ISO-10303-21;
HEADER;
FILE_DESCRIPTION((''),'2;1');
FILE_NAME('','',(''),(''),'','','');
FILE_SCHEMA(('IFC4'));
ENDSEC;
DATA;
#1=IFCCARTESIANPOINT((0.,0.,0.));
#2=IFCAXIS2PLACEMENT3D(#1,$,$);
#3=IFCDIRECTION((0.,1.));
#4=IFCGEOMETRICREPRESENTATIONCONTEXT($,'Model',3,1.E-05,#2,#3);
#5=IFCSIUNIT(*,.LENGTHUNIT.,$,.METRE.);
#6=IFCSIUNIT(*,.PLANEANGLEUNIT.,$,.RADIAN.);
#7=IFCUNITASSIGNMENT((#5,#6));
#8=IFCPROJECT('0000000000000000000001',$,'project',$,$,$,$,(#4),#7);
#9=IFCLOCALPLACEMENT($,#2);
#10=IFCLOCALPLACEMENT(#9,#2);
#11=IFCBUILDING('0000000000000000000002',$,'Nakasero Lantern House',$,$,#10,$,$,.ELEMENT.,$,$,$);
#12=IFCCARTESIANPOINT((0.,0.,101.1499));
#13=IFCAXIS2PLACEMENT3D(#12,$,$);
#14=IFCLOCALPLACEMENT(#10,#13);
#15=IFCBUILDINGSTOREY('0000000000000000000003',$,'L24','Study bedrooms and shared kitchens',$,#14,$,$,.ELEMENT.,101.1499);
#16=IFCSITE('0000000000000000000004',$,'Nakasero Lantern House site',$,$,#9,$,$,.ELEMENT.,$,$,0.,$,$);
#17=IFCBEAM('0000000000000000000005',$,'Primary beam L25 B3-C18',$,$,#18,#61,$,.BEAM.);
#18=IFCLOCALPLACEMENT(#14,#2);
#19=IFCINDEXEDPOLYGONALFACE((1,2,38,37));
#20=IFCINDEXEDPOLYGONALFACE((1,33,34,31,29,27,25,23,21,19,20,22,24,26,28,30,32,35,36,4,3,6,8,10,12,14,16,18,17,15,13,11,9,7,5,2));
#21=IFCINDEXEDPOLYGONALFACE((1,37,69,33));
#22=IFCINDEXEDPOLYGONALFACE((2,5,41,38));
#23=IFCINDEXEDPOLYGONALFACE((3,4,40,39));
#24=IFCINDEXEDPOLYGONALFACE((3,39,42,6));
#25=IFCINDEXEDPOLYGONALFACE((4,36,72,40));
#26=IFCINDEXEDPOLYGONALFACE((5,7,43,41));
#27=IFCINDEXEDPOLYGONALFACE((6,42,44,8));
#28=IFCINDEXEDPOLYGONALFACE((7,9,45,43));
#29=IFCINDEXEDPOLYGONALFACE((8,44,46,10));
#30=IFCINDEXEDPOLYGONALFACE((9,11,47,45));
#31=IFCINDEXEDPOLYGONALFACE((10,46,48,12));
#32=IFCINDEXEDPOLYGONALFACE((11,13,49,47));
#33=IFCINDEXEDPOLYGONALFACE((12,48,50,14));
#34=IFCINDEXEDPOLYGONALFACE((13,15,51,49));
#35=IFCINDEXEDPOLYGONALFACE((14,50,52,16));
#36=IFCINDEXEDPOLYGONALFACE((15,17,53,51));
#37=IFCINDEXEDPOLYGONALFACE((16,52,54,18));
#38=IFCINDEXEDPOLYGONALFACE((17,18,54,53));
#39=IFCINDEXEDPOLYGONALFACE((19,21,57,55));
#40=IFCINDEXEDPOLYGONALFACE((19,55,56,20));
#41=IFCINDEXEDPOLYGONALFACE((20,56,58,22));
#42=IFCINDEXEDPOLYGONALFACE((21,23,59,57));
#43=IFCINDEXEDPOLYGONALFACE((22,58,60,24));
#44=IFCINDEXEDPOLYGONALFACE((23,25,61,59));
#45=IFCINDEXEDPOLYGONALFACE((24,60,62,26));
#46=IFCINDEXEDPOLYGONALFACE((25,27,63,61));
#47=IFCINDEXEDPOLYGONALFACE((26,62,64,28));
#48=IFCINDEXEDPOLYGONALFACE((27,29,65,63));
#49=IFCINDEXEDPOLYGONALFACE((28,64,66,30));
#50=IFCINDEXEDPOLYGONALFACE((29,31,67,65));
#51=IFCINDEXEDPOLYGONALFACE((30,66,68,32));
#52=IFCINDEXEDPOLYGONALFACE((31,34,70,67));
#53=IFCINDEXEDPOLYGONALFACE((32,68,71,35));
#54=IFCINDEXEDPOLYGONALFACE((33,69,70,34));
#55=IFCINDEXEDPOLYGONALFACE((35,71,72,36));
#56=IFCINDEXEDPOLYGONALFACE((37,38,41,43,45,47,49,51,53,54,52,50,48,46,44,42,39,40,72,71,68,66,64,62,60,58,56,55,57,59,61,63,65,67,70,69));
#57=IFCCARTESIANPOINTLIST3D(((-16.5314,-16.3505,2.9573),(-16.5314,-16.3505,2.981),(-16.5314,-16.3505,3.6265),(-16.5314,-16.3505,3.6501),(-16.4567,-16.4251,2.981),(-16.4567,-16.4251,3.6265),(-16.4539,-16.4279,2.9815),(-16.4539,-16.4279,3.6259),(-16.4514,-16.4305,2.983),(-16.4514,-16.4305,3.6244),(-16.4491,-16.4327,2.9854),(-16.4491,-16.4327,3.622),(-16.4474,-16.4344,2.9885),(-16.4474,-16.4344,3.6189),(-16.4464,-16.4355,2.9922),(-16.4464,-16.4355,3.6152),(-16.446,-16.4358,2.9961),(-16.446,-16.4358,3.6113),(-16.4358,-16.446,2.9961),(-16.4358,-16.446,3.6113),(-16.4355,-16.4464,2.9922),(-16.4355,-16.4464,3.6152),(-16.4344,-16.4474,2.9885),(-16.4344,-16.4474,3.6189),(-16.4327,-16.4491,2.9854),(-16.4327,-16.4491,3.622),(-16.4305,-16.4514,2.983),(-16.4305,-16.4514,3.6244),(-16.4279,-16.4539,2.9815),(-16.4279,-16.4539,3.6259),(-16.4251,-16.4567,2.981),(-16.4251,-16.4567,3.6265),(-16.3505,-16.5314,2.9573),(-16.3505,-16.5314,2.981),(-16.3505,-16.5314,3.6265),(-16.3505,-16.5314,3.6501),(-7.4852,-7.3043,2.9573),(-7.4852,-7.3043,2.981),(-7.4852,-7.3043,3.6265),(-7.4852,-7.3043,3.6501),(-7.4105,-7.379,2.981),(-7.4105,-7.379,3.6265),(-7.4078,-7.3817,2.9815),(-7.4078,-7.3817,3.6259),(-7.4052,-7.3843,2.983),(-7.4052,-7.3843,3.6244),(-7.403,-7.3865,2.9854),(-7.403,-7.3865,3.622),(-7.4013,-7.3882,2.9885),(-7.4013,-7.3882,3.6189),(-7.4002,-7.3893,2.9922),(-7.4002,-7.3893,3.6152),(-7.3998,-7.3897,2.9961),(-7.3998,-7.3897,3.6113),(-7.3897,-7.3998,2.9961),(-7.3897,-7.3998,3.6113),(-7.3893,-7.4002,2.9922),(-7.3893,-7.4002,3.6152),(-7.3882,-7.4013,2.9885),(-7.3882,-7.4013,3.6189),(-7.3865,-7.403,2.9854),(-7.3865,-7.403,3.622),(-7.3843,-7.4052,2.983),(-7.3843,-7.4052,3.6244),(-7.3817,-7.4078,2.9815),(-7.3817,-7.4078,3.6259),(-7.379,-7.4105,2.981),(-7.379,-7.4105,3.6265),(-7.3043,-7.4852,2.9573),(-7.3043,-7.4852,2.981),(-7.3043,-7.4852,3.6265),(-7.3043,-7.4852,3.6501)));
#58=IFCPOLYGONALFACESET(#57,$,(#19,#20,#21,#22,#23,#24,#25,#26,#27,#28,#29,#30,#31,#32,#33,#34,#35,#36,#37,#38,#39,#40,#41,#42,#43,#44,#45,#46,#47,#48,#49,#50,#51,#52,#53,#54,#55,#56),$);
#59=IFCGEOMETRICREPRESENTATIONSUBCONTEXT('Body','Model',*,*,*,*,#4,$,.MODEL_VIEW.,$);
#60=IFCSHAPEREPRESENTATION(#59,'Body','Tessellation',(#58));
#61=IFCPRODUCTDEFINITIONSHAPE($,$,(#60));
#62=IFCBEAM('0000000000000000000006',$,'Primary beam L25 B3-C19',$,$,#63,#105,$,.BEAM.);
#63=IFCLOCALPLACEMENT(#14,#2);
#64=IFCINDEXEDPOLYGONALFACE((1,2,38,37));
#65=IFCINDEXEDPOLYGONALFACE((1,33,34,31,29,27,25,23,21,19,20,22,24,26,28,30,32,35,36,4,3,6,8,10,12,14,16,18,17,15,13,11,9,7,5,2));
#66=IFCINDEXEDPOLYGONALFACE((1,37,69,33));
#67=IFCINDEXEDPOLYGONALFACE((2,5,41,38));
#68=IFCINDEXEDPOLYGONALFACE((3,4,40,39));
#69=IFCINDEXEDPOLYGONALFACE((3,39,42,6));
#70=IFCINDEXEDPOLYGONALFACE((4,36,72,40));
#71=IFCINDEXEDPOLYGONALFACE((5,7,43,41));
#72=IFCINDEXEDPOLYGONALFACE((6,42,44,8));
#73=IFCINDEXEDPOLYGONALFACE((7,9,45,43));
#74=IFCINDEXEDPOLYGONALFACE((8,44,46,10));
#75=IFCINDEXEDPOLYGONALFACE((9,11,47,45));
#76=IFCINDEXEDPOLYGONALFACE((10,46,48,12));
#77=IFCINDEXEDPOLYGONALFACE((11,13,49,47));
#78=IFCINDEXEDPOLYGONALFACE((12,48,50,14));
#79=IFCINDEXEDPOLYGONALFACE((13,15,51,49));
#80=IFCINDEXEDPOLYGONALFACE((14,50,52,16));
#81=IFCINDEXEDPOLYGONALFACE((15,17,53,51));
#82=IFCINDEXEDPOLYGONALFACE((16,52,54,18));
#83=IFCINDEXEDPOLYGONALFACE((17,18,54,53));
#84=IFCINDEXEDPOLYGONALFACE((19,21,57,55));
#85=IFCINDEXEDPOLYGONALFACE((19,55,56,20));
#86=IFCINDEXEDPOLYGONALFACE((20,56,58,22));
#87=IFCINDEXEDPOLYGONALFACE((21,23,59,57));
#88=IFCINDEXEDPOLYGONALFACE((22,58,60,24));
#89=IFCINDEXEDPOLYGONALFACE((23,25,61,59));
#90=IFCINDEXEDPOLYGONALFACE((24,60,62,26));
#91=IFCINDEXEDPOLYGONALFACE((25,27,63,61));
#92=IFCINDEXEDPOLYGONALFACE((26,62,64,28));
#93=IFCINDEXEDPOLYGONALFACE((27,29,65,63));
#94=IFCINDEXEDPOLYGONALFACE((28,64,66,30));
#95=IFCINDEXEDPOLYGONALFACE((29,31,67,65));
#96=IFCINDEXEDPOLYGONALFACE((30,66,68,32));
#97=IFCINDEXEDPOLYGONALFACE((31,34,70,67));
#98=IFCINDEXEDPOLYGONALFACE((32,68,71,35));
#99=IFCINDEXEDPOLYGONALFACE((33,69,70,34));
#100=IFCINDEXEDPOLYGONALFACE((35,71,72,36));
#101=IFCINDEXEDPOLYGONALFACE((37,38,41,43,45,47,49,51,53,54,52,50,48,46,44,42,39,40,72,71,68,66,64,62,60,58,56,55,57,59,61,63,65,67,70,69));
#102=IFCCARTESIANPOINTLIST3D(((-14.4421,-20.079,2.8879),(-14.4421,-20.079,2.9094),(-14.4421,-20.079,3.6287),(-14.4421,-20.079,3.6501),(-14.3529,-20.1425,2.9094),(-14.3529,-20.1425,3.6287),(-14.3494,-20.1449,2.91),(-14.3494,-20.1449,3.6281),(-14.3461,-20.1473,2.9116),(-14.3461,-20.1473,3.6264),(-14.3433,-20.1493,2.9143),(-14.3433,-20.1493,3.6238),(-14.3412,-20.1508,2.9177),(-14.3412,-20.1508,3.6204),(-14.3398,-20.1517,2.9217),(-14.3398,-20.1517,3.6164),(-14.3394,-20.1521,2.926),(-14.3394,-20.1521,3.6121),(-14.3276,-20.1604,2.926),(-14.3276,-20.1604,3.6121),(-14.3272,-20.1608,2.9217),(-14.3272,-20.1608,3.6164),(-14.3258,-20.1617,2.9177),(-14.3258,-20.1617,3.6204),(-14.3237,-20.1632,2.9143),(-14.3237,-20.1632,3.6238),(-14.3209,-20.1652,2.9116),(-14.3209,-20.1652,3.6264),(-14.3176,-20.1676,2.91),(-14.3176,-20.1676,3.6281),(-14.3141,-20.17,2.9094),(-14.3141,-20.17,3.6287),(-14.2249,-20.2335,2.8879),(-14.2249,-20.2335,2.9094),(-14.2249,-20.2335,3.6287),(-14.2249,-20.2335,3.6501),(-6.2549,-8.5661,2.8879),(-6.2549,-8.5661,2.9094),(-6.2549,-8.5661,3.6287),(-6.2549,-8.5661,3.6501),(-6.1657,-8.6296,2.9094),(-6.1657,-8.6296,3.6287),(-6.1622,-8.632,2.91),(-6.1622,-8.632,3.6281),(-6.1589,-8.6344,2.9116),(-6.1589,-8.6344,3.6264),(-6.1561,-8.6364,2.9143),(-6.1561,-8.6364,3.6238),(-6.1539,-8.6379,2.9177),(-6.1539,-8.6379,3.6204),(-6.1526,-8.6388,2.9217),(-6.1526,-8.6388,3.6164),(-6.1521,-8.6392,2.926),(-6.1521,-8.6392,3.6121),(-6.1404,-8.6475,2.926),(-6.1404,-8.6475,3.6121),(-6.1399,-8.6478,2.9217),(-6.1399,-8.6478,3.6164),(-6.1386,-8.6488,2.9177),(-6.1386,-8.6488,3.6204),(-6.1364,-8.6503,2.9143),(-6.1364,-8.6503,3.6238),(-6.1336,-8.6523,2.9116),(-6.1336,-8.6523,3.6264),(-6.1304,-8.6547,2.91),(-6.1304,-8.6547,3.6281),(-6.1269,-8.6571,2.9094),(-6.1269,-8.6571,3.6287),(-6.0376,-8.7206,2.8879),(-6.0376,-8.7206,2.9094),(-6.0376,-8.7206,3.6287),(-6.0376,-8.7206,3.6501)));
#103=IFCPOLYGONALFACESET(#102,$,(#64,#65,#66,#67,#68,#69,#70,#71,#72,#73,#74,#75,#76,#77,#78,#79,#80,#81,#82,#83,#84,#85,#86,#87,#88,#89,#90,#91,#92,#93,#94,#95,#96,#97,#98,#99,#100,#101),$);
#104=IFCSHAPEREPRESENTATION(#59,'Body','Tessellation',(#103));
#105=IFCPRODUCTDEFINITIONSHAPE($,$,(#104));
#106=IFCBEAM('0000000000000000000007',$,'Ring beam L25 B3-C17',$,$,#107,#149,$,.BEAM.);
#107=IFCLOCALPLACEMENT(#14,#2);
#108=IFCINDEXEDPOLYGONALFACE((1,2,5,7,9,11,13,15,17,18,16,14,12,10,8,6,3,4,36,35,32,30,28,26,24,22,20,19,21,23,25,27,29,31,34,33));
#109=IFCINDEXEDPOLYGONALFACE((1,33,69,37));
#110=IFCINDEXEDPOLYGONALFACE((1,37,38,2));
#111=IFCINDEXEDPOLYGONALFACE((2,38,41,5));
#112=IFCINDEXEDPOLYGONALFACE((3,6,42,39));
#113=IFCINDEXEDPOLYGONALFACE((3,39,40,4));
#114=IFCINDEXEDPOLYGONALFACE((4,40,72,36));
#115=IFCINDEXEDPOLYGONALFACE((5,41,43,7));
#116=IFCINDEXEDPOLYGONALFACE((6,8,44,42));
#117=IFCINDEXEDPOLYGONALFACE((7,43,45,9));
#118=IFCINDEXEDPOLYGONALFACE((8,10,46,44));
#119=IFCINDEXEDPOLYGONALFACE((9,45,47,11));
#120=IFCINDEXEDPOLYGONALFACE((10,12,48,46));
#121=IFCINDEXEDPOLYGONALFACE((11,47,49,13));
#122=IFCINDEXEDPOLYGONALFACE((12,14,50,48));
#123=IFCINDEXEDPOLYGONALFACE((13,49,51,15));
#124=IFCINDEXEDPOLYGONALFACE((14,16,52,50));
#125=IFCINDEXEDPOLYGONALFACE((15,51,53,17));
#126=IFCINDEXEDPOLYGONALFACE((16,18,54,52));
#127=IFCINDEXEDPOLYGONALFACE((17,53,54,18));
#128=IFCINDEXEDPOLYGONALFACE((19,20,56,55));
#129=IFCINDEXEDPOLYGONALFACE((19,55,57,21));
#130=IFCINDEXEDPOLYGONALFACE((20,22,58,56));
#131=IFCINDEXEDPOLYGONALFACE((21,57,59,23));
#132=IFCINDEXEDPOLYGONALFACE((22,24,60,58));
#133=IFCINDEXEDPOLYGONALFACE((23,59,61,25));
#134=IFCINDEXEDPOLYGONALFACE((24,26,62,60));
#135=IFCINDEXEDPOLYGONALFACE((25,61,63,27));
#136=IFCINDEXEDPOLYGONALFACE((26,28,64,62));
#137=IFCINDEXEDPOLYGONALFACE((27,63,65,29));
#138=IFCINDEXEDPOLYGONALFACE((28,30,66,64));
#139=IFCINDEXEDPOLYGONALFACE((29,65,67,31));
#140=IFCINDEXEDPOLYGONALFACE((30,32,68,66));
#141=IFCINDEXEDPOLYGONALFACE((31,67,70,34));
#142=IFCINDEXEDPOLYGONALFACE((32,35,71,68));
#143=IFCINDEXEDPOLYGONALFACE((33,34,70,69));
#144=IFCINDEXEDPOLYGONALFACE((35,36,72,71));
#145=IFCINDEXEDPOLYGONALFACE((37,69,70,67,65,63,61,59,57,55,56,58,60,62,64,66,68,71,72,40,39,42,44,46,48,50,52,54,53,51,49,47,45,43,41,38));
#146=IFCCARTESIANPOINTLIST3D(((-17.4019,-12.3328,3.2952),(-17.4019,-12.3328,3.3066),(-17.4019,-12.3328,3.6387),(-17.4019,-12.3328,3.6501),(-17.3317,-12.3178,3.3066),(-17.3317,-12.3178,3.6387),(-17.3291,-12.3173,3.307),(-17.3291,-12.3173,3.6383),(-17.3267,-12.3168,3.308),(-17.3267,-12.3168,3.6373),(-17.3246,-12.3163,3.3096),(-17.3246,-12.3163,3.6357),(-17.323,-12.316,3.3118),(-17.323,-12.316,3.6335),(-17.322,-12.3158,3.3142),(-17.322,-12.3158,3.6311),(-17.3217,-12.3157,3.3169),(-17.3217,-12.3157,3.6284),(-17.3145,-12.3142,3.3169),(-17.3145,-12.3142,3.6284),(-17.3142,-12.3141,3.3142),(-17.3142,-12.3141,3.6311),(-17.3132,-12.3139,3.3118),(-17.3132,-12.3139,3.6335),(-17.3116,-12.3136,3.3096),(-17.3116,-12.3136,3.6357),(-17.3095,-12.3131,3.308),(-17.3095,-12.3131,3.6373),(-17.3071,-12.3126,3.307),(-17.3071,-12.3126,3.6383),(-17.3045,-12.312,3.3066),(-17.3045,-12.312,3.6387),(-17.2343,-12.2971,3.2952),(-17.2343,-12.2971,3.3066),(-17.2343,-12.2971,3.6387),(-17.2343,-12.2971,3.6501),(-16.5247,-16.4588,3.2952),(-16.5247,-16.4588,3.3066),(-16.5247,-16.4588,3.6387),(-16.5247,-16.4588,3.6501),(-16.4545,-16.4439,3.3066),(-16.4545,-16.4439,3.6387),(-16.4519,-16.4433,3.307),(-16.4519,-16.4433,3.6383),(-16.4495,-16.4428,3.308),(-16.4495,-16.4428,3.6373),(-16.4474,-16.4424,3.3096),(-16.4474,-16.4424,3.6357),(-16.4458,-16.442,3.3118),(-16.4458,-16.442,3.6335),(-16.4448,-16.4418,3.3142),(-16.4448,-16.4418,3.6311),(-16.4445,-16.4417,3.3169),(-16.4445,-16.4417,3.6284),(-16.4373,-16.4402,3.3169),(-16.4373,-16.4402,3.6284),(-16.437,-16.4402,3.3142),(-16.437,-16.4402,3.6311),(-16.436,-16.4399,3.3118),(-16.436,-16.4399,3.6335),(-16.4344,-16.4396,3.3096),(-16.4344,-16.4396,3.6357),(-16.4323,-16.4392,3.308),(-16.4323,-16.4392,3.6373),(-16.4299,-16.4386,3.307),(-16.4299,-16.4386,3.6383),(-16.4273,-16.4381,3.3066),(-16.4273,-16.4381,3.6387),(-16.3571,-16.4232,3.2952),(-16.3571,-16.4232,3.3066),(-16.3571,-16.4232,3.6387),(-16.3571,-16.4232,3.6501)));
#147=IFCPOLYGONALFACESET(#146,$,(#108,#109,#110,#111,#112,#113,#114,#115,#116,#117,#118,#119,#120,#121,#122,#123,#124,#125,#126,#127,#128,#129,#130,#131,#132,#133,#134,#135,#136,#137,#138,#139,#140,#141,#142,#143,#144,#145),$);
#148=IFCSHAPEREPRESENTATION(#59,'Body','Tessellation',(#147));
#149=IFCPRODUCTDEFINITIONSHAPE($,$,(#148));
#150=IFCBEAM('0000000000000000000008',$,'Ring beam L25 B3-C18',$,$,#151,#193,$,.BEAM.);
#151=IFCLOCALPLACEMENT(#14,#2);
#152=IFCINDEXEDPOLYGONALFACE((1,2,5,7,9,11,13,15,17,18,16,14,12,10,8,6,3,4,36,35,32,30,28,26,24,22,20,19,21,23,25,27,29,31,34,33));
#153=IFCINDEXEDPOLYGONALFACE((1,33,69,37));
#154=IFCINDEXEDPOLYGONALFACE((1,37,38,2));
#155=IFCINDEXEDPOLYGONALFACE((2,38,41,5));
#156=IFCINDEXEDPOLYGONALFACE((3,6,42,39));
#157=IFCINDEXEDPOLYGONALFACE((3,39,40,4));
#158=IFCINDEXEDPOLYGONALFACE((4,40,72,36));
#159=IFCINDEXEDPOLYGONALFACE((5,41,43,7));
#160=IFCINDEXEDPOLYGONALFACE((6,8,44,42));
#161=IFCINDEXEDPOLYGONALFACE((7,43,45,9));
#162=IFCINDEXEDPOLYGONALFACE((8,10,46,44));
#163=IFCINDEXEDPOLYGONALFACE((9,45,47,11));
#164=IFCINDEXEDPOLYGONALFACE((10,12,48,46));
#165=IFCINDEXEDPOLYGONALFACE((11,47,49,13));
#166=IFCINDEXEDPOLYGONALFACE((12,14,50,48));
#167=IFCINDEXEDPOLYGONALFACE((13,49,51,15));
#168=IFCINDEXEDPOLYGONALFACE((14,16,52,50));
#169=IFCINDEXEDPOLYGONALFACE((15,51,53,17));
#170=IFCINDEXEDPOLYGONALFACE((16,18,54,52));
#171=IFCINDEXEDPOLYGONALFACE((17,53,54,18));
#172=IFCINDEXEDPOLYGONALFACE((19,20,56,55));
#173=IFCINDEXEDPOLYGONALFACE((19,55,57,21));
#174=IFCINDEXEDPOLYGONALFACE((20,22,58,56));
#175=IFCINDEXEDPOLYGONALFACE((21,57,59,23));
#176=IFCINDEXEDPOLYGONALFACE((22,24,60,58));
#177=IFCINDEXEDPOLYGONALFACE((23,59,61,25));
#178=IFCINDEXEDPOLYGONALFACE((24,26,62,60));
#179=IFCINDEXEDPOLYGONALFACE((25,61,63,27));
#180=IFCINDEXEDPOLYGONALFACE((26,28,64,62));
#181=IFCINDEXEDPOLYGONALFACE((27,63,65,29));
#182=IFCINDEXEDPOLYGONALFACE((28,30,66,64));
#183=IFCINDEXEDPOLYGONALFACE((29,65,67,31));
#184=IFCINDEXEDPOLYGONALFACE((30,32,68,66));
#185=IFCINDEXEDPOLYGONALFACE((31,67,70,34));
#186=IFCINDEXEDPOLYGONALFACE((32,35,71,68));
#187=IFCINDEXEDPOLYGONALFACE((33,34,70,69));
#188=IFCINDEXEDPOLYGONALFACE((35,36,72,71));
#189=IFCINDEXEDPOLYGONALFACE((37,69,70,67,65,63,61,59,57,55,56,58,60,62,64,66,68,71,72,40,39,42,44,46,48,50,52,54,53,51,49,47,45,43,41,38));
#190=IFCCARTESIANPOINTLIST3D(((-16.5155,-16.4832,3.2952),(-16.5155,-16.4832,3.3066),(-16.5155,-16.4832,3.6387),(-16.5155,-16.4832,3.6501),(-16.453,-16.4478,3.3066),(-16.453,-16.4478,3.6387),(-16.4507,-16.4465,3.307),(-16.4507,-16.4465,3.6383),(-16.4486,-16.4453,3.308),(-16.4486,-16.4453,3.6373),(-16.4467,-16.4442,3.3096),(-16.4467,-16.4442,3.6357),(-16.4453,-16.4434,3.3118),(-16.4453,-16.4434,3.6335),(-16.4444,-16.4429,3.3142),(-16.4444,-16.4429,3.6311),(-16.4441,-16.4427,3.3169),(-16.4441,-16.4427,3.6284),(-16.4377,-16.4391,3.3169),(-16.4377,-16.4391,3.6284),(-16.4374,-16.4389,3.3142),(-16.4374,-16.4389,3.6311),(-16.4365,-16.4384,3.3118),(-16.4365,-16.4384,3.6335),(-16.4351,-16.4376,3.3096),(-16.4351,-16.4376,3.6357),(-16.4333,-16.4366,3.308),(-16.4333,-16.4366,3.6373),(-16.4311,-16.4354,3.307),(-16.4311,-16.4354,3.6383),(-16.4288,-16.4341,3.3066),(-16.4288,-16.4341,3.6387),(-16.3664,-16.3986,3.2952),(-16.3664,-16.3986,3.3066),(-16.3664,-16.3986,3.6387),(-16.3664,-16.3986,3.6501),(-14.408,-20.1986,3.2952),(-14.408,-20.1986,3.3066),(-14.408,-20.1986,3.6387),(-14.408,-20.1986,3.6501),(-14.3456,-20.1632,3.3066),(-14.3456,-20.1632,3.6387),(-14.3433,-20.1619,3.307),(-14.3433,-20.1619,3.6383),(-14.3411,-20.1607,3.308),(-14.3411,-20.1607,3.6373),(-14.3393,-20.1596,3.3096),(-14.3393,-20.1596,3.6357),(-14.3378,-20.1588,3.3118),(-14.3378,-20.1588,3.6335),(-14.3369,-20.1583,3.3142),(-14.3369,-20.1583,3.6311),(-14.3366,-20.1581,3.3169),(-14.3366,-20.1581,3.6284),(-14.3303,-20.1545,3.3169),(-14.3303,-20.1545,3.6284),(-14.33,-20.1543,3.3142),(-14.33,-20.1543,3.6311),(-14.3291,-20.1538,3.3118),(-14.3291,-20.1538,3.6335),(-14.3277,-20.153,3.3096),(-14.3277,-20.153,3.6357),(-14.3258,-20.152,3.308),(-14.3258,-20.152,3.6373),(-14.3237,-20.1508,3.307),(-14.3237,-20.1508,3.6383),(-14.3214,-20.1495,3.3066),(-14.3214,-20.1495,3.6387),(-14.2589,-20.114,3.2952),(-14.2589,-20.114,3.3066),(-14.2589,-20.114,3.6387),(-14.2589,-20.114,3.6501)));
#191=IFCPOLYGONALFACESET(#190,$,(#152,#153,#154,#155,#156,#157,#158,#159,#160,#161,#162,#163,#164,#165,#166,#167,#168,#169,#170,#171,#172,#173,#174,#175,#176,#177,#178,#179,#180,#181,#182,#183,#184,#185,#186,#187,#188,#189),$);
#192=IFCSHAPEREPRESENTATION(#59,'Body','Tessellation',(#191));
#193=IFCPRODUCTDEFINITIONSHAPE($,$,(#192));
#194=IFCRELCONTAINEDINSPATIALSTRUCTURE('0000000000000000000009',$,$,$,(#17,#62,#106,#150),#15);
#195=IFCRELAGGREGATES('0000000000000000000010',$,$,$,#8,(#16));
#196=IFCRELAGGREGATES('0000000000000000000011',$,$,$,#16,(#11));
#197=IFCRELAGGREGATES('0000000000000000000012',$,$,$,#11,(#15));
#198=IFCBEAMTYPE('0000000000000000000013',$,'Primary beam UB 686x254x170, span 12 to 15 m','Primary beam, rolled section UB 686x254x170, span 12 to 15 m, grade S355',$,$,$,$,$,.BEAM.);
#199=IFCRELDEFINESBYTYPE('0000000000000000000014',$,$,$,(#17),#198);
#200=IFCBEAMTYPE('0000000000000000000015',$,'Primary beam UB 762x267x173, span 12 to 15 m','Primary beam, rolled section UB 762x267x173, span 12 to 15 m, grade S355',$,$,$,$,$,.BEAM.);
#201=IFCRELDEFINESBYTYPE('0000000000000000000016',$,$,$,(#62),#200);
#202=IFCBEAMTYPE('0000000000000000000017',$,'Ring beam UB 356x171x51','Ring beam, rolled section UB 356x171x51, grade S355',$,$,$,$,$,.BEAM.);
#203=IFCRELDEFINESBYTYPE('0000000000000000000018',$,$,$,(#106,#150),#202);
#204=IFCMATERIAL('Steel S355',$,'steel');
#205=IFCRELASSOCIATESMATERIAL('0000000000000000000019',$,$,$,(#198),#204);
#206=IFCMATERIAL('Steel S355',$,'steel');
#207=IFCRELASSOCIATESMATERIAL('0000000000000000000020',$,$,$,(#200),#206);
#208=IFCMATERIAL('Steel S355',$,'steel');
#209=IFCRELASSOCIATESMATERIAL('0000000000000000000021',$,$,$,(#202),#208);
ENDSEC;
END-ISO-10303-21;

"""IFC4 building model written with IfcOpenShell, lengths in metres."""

from ifc_helpers import new_model, si_unit, direction, frame, origin, origin_2d, place, context, subcontext, project, spatial, i_section, extrude, material, material_profile, profile_set, type_object, element, save


model = new_model("IFC4")

# Units and contexts
model_context = context("Model", 3, precision=1e-05, world=origin(), true_north=direction((0.0, 1.0)))
body_context = subcontext(model_context, "Body", "Model", "MODEL_VIEW")
ifc_project = project(units=[si_unit("LENGTHUNIT", "METRE"), si_unit("PLANEANGLEUNIT", "RADIAN")], contexts=[model_context])

# Site, building, storey
site_placement = place(None, origin())
site = spatial("IfcSite", under=ifc_project, at=site_placement, Name="Nakasero Lantern House site", CompositionType="ELEMENT", RefElevation=0.0)
building_placement = place(site_placement, origin())
building = spatial("IfcBuilding", under=site, at=building_placement, Name="Nakasero Lantern House", CompositionType="ELEMENT")
storey_placement = place(building_placement, frame((0.0, 0.0, 101.1499)))
storey = spatial("IfcBuildingStorey", under=building, at=storey_placement, Name="L24", Description="Study bedrooms and shared kitchens", CompositionType="ELEMENT", Elevation=101.1499)

# Beams
ifc_material_1 = material(Name="Steel S355", Category="steel")
ifc_material_profile_1 = material_profile(ifc_material_1, i_section(OverallWidth=0.2559, OverallDepth=0.6929, WebThickness=0.0144, FlangeThickness=0.0237, FilletRadius=0.0151, at=origin_2d()), Name="UB 686x254x170")
ifc_profile_set_1 = profile_set([ifc_material_profile_1], Name="Steel S355")
beam_type_1 = type_object("IfcBeamType", Name="Primary beam UB 686x254x170, span 12 to 15 m", Description="Primary beam, rolled section UB 686x254x170, span 12 to 15 m, grade S355", PredefinedType="BEAM", material=ifc_profile_set_1)
beam_1_placement = place(storey_placement, frame((-16.4409, -16.4409, 3.3037), z_axis=(0.707107, 0.707107, 0.0), x_axis=(-0.707107, 0.707107, 0.0)))
element("IfcBeam", 1, at=beam_1_placement, inside=storey, type_object=beam_type_1, Name="Primary beam L25 B3-C18", PredefinedType="BEAM", context=body_context, shape_type="SweptSolid", body=[
    extrude(i_section(OverallWidth=0.2559, OverallDepth=0.6929, WebThickness=0.0144, FlangeThickness=0.0237, FilletRadius=0.0151, at=origin_2d()), origin(), (0.0, 0.0, 1.0), 12.7932),
])
ifc_material_2 = material(Name="Steel S355", Category="steel")
ifc_material_profile_2 = material_profile(ifc_material_2, i_section(OverallWidth=0.2666, OverallDepth=0.7622, WebThickness=0.0144, FlangeThickness=0.0215, FilletRadius=0.0166, at=origin_2d()), Name="UB 762x267x173")
ifc_profile_set_2 = profile_set([ifc_material_profile_2], Name="Steel S355")
beam_type_2 = type_object("IfcBeamType", Name="Primary beam UB 762x267x173, span 12 to 15 m", Description="Primary beam, rolled section UB 762x267x173, span 12 to 15 m, grade S355", PredefinedType="BEAM", material=ifc_profile_set_2)
beam_2_placement = place(storey_placement, frame((-14.3335, -20.1562, 3.269), z_axis=(0.579537, 0.814946, 0.0), x_axis=(-0.814946, 0.579537, 0.0)))
element("IfcBeam", 2, at=beam_2_placement, inside=storey, type_object=beam_type_2, Name="Primary beam L25 B3-C19", PredefinedType="BEAM", context=body_context, shape_type="SweptSolid", body=[
    extrude(i_section(OverallWidth=0.2666, OverallDepth=0.7622, WebThickness=0.0144, FlangeThickness=0.0215, FilletRadius=0.0166, at=origin_2d()), origin(), (0.0, 0.0, 1.0), 14.1272),
])
ifc_material_3 = material(Name="Steel S355", Category="steel")
ifc_material_profile_3 = material_profile(ifc_material_3, i_section(OverallWidth=0.1714, OverallDepth=0.355, WebThickness=0.0073, FlangeThickness=0.0115, FilletRadius=0.0103, at=origin_2d()), Name="UB 356x171x51")
ifc_profile_set_3 = profile_set([ifc_material_profile_3], Name="Steel S355")
beam_type_3 = type_object("IfcBeamType", Name="Ring beam UB 356x171x51", Description="Ring beam, rolled section UB 356x171x51, grade S355", PredefinedType="BEAM", material=ifc_profile_set_3)
beam_3_placement = place(storey_placement, frame((-17.3181, -12.3149, 3.4727), z_axis=(0.207956, -0.978138, 0.0), x_axis=(0.978138, 0.207956, 0.0)))
element("IfcBeam", 3, at=beam_3_placement, inside=storey, type_object=beam_type_3, Name="Ring beam L25 B3-C17", PredefinedType="BEAM", context=body_context, shape_type="SweptSolid", body=[
    extrude(i_section(OverallWidth=0.1714, OverallDepth=0.355, WebThickness=0.0073, FlangeThickness=0.0115, FilletRadius=0.0103, at=origin_2d()), origin(), (0.0, 0.0, 1.0), 4.2183),
])
beam_4_placement = place(storey_placement, frame((-16.4409, -16.4409, 3.4727), z_axis=(0.493379, -0.869815, 0.0), x_axis=(0.869815, 0.493379, 0.0)))
element("IfcBeam", 4, at=beam_4_placement, inside=storey, type_object=beam_type_3, Name="Ring beam L25 B3-C18", PredefinedType="BEAM", context=body_context, shape_type="SweptSolid", body=[
    extrude(i_section(OverallWidth=0.1714, OverallDepth=0.355, WebThickness=0.0073, FlangeThickness=0.0115, FilletRadius=0.0103, at=origin_2d()), origin(), (0.0, 0.0, 1.0), 4.2715),
])

save(model, "model.ifc")
